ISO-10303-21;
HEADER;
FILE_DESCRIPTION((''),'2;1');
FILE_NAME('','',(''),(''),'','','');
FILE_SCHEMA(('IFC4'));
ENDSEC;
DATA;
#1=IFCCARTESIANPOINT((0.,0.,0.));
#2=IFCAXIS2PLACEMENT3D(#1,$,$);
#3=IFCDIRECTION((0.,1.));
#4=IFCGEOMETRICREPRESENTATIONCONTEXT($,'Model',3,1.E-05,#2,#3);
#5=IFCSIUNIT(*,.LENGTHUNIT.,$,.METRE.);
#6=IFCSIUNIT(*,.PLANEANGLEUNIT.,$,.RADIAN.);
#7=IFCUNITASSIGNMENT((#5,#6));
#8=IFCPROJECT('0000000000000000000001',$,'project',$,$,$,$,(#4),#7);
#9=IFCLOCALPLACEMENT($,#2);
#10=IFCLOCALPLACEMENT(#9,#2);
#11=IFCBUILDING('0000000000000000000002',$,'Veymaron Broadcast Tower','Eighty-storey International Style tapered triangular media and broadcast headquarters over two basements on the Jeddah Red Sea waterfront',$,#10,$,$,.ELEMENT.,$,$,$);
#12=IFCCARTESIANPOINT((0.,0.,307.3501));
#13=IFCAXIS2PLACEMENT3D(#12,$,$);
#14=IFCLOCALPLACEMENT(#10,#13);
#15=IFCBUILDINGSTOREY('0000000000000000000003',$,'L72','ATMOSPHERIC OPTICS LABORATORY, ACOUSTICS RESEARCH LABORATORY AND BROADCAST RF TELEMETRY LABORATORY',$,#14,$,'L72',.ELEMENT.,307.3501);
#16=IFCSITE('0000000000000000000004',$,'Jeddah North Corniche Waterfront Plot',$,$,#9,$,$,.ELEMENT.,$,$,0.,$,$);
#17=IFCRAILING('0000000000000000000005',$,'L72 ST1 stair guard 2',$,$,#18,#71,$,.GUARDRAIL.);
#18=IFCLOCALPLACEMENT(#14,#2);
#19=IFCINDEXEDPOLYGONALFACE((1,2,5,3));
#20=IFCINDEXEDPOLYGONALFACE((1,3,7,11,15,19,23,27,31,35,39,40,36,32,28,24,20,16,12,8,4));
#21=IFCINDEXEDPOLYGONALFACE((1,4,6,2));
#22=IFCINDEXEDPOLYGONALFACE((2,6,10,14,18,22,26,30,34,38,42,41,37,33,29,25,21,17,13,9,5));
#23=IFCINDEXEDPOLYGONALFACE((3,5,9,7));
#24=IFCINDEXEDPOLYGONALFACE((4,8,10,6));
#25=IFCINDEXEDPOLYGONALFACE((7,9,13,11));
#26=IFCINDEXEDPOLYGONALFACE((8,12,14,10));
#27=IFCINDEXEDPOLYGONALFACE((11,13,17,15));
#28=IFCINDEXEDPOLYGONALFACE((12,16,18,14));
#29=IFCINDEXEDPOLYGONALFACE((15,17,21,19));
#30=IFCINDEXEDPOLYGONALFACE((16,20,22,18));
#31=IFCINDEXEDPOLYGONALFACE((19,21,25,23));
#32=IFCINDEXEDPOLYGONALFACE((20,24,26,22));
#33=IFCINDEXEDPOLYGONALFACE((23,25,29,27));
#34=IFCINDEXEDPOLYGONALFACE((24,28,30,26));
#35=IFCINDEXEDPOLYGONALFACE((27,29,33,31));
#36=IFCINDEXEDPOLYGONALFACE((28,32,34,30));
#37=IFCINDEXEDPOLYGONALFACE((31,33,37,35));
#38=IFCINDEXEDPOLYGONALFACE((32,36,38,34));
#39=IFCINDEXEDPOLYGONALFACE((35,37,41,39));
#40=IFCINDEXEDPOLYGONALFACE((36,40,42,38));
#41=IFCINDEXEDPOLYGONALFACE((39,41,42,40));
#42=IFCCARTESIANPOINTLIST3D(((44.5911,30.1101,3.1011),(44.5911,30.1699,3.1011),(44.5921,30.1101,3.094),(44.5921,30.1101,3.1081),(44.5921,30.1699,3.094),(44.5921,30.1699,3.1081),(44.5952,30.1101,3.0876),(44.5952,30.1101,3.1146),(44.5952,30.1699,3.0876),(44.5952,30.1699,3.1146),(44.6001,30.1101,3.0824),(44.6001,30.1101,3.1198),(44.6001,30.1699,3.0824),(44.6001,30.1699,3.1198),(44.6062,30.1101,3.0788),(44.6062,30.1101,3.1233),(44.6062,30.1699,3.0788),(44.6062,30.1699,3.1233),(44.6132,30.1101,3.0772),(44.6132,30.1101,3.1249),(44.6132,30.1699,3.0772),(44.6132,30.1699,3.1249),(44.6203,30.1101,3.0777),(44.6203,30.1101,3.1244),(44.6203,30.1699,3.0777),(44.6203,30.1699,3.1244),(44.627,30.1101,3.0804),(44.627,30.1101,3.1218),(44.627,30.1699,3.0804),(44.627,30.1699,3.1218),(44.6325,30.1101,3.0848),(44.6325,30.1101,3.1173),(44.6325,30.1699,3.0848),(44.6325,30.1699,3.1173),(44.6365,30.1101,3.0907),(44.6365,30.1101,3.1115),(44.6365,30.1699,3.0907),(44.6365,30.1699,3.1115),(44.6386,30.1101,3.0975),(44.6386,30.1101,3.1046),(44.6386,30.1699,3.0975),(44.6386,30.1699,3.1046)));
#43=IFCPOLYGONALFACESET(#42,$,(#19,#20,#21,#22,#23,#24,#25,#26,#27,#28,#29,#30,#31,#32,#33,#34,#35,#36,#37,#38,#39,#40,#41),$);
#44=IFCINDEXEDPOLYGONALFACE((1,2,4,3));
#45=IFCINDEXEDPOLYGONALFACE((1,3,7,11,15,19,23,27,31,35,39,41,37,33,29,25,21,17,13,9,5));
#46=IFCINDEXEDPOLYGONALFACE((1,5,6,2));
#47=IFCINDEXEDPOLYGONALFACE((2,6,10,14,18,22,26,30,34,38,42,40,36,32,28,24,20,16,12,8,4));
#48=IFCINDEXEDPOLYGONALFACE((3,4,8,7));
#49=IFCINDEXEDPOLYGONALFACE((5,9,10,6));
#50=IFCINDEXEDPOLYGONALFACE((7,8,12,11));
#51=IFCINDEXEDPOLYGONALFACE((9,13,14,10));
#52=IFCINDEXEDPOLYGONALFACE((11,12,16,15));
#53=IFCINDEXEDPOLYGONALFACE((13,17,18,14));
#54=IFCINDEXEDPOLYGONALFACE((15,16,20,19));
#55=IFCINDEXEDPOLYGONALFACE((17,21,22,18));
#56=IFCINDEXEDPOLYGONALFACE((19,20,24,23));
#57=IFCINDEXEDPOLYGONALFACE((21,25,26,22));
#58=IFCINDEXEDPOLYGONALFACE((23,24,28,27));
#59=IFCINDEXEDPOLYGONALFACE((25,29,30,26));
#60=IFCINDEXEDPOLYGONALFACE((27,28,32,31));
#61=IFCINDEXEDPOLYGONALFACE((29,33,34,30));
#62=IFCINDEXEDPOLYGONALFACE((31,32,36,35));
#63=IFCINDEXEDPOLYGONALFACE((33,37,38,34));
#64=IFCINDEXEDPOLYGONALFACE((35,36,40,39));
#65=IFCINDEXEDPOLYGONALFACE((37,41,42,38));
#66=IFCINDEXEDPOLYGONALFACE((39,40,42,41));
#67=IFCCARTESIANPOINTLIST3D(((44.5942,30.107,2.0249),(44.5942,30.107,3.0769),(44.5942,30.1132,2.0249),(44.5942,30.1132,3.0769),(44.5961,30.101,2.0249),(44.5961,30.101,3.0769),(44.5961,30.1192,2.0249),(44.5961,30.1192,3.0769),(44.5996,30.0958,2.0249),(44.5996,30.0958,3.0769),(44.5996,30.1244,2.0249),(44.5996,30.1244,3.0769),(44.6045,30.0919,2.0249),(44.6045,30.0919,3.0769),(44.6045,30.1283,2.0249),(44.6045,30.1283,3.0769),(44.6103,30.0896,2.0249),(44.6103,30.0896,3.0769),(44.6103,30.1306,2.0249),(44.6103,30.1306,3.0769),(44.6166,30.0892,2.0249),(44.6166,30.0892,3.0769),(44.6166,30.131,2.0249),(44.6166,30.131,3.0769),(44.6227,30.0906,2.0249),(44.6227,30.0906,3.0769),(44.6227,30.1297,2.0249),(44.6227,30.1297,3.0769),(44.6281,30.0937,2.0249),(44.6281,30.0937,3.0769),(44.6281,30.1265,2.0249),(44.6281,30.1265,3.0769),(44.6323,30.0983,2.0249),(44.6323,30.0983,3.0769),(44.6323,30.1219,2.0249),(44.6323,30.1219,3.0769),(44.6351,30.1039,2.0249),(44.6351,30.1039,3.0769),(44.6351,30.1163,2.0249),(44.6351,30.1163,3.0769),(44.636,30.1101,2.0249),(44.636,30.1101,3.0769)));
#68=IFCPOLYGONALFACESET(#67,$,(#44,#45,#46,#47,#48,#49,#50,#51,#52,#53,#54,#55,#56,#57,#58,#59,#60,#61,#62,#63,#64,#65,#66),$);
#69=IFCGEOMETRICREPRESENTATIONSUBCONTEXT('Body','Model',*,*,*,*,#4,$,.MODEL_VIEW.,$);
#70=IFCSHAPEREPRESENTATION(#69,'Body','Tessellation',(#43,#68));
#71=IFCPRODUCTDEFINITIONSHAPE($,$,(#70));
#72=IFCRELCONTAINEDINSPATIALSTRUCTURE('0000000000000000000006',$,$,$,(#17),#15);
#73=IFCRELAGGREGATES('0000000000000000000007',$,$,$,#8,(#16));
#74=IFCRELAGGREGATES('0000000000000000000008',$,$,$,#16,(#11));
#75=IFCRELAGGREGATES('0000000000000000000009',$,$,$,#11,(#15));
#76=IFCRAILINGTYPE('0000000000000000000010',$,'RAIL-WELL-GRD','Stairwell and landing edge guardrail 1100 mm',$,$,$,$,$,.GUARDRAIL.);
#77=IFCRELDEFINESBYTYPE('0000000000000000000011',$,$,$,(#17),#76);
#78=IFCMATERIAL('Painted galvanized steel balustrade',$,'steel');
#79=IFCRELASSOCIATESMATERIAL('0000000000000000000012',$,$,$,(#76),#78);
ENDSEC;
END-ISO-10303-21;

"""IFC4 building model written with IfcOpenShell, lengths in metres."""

from ifc_helpers import new_model, si_unit, direction, frame, origin, origin_2d, place, context, subcontext, project, spatial, circle, extrude, material, type_object, element, save


model = new_model("IFC4")

# Units and contexts
model_context = context("Model", 3, precision=1e-05, world=origin(), true_north=direction((0.0, 1.0)))
body_context = subcontext(model_context, "Body", "Model", "MODEL_VIEW")
ifc_project = project(units=[si_unit("LENGTHUNIT", "METRE"), si_unit("PLANEANGLEUNIT", "RADIAN")], contexts=[model_context])

# Site, building, storey
site_placement = place(None, origin())
site = spatial("IfcSite", under=ifc_project, at=site_placement, Name="Jeddah North Corniche Waterfront Plot", CompositionType="ELEMENT", RefElevation=0.0)
building_placement = place(site_placement, origin())
building = spatial("IfcBuilding", under=site, at=building_placement, Name="Veymaron Broadcast Tower", Description="Eighty-storey International Style tapered triangular media and broadcast headquarters over two basements on the Jeddah Red Sea waterfront", CompositionType="ELEMENT")
storey_placement = place(building_placement, frame((0.0, 0.0, 307.3501)))
storey = spatial("IfcBuildingStorey", under=building, at=storey_placement, Name="L72", Description="ATMOSPHERIC OPTICS LABORATORY, ACOUSTICS RESEARCH LABORATORY AND BROADCAST RF TELEMETRY LABORATORY", LongName="L72", CompositionType="ELEMENT", Elevation=307.3501)

# Railing
ifc_material_1 = material(Name="Painted galvanized steel balustrade", Category="steel")
railing_type_1 = type_object("IfcRailingType", Name="RAIL-WELL-GRD", Description="Stairwell and landing edge guardrail 1100 mm", PredefinedType="GUARDRAIL", material=ifc_material_1)
railing_1_placement = place(storey_placement, frame((44.615, 30.1101, 2.0249)))
element("IfcRailing", 1, at=railing_1_placement, inside=storey, type_object=railing_type_1, Name="L72 ST1 stair guard 2", PredefinedType="GUARDRAIL", context=body_context, shape_type="SweptSolid", body=[
    extrude(circle(Radius=0.0239, at=origin_2d()), frame((0.0, 0.0, 1.0762), z_axis=(0.0, 1.0, 0.0), x_axis=(-1.0, 0.0, 0.0)), (0.0, 0.0, 1.0), 0.0598),
    extrude(circle(Radius=0.021, at=origin_2d()), origin(), (0.0, 0.0, 1.0), 1.052),
])

save(model, "model.ifc")
